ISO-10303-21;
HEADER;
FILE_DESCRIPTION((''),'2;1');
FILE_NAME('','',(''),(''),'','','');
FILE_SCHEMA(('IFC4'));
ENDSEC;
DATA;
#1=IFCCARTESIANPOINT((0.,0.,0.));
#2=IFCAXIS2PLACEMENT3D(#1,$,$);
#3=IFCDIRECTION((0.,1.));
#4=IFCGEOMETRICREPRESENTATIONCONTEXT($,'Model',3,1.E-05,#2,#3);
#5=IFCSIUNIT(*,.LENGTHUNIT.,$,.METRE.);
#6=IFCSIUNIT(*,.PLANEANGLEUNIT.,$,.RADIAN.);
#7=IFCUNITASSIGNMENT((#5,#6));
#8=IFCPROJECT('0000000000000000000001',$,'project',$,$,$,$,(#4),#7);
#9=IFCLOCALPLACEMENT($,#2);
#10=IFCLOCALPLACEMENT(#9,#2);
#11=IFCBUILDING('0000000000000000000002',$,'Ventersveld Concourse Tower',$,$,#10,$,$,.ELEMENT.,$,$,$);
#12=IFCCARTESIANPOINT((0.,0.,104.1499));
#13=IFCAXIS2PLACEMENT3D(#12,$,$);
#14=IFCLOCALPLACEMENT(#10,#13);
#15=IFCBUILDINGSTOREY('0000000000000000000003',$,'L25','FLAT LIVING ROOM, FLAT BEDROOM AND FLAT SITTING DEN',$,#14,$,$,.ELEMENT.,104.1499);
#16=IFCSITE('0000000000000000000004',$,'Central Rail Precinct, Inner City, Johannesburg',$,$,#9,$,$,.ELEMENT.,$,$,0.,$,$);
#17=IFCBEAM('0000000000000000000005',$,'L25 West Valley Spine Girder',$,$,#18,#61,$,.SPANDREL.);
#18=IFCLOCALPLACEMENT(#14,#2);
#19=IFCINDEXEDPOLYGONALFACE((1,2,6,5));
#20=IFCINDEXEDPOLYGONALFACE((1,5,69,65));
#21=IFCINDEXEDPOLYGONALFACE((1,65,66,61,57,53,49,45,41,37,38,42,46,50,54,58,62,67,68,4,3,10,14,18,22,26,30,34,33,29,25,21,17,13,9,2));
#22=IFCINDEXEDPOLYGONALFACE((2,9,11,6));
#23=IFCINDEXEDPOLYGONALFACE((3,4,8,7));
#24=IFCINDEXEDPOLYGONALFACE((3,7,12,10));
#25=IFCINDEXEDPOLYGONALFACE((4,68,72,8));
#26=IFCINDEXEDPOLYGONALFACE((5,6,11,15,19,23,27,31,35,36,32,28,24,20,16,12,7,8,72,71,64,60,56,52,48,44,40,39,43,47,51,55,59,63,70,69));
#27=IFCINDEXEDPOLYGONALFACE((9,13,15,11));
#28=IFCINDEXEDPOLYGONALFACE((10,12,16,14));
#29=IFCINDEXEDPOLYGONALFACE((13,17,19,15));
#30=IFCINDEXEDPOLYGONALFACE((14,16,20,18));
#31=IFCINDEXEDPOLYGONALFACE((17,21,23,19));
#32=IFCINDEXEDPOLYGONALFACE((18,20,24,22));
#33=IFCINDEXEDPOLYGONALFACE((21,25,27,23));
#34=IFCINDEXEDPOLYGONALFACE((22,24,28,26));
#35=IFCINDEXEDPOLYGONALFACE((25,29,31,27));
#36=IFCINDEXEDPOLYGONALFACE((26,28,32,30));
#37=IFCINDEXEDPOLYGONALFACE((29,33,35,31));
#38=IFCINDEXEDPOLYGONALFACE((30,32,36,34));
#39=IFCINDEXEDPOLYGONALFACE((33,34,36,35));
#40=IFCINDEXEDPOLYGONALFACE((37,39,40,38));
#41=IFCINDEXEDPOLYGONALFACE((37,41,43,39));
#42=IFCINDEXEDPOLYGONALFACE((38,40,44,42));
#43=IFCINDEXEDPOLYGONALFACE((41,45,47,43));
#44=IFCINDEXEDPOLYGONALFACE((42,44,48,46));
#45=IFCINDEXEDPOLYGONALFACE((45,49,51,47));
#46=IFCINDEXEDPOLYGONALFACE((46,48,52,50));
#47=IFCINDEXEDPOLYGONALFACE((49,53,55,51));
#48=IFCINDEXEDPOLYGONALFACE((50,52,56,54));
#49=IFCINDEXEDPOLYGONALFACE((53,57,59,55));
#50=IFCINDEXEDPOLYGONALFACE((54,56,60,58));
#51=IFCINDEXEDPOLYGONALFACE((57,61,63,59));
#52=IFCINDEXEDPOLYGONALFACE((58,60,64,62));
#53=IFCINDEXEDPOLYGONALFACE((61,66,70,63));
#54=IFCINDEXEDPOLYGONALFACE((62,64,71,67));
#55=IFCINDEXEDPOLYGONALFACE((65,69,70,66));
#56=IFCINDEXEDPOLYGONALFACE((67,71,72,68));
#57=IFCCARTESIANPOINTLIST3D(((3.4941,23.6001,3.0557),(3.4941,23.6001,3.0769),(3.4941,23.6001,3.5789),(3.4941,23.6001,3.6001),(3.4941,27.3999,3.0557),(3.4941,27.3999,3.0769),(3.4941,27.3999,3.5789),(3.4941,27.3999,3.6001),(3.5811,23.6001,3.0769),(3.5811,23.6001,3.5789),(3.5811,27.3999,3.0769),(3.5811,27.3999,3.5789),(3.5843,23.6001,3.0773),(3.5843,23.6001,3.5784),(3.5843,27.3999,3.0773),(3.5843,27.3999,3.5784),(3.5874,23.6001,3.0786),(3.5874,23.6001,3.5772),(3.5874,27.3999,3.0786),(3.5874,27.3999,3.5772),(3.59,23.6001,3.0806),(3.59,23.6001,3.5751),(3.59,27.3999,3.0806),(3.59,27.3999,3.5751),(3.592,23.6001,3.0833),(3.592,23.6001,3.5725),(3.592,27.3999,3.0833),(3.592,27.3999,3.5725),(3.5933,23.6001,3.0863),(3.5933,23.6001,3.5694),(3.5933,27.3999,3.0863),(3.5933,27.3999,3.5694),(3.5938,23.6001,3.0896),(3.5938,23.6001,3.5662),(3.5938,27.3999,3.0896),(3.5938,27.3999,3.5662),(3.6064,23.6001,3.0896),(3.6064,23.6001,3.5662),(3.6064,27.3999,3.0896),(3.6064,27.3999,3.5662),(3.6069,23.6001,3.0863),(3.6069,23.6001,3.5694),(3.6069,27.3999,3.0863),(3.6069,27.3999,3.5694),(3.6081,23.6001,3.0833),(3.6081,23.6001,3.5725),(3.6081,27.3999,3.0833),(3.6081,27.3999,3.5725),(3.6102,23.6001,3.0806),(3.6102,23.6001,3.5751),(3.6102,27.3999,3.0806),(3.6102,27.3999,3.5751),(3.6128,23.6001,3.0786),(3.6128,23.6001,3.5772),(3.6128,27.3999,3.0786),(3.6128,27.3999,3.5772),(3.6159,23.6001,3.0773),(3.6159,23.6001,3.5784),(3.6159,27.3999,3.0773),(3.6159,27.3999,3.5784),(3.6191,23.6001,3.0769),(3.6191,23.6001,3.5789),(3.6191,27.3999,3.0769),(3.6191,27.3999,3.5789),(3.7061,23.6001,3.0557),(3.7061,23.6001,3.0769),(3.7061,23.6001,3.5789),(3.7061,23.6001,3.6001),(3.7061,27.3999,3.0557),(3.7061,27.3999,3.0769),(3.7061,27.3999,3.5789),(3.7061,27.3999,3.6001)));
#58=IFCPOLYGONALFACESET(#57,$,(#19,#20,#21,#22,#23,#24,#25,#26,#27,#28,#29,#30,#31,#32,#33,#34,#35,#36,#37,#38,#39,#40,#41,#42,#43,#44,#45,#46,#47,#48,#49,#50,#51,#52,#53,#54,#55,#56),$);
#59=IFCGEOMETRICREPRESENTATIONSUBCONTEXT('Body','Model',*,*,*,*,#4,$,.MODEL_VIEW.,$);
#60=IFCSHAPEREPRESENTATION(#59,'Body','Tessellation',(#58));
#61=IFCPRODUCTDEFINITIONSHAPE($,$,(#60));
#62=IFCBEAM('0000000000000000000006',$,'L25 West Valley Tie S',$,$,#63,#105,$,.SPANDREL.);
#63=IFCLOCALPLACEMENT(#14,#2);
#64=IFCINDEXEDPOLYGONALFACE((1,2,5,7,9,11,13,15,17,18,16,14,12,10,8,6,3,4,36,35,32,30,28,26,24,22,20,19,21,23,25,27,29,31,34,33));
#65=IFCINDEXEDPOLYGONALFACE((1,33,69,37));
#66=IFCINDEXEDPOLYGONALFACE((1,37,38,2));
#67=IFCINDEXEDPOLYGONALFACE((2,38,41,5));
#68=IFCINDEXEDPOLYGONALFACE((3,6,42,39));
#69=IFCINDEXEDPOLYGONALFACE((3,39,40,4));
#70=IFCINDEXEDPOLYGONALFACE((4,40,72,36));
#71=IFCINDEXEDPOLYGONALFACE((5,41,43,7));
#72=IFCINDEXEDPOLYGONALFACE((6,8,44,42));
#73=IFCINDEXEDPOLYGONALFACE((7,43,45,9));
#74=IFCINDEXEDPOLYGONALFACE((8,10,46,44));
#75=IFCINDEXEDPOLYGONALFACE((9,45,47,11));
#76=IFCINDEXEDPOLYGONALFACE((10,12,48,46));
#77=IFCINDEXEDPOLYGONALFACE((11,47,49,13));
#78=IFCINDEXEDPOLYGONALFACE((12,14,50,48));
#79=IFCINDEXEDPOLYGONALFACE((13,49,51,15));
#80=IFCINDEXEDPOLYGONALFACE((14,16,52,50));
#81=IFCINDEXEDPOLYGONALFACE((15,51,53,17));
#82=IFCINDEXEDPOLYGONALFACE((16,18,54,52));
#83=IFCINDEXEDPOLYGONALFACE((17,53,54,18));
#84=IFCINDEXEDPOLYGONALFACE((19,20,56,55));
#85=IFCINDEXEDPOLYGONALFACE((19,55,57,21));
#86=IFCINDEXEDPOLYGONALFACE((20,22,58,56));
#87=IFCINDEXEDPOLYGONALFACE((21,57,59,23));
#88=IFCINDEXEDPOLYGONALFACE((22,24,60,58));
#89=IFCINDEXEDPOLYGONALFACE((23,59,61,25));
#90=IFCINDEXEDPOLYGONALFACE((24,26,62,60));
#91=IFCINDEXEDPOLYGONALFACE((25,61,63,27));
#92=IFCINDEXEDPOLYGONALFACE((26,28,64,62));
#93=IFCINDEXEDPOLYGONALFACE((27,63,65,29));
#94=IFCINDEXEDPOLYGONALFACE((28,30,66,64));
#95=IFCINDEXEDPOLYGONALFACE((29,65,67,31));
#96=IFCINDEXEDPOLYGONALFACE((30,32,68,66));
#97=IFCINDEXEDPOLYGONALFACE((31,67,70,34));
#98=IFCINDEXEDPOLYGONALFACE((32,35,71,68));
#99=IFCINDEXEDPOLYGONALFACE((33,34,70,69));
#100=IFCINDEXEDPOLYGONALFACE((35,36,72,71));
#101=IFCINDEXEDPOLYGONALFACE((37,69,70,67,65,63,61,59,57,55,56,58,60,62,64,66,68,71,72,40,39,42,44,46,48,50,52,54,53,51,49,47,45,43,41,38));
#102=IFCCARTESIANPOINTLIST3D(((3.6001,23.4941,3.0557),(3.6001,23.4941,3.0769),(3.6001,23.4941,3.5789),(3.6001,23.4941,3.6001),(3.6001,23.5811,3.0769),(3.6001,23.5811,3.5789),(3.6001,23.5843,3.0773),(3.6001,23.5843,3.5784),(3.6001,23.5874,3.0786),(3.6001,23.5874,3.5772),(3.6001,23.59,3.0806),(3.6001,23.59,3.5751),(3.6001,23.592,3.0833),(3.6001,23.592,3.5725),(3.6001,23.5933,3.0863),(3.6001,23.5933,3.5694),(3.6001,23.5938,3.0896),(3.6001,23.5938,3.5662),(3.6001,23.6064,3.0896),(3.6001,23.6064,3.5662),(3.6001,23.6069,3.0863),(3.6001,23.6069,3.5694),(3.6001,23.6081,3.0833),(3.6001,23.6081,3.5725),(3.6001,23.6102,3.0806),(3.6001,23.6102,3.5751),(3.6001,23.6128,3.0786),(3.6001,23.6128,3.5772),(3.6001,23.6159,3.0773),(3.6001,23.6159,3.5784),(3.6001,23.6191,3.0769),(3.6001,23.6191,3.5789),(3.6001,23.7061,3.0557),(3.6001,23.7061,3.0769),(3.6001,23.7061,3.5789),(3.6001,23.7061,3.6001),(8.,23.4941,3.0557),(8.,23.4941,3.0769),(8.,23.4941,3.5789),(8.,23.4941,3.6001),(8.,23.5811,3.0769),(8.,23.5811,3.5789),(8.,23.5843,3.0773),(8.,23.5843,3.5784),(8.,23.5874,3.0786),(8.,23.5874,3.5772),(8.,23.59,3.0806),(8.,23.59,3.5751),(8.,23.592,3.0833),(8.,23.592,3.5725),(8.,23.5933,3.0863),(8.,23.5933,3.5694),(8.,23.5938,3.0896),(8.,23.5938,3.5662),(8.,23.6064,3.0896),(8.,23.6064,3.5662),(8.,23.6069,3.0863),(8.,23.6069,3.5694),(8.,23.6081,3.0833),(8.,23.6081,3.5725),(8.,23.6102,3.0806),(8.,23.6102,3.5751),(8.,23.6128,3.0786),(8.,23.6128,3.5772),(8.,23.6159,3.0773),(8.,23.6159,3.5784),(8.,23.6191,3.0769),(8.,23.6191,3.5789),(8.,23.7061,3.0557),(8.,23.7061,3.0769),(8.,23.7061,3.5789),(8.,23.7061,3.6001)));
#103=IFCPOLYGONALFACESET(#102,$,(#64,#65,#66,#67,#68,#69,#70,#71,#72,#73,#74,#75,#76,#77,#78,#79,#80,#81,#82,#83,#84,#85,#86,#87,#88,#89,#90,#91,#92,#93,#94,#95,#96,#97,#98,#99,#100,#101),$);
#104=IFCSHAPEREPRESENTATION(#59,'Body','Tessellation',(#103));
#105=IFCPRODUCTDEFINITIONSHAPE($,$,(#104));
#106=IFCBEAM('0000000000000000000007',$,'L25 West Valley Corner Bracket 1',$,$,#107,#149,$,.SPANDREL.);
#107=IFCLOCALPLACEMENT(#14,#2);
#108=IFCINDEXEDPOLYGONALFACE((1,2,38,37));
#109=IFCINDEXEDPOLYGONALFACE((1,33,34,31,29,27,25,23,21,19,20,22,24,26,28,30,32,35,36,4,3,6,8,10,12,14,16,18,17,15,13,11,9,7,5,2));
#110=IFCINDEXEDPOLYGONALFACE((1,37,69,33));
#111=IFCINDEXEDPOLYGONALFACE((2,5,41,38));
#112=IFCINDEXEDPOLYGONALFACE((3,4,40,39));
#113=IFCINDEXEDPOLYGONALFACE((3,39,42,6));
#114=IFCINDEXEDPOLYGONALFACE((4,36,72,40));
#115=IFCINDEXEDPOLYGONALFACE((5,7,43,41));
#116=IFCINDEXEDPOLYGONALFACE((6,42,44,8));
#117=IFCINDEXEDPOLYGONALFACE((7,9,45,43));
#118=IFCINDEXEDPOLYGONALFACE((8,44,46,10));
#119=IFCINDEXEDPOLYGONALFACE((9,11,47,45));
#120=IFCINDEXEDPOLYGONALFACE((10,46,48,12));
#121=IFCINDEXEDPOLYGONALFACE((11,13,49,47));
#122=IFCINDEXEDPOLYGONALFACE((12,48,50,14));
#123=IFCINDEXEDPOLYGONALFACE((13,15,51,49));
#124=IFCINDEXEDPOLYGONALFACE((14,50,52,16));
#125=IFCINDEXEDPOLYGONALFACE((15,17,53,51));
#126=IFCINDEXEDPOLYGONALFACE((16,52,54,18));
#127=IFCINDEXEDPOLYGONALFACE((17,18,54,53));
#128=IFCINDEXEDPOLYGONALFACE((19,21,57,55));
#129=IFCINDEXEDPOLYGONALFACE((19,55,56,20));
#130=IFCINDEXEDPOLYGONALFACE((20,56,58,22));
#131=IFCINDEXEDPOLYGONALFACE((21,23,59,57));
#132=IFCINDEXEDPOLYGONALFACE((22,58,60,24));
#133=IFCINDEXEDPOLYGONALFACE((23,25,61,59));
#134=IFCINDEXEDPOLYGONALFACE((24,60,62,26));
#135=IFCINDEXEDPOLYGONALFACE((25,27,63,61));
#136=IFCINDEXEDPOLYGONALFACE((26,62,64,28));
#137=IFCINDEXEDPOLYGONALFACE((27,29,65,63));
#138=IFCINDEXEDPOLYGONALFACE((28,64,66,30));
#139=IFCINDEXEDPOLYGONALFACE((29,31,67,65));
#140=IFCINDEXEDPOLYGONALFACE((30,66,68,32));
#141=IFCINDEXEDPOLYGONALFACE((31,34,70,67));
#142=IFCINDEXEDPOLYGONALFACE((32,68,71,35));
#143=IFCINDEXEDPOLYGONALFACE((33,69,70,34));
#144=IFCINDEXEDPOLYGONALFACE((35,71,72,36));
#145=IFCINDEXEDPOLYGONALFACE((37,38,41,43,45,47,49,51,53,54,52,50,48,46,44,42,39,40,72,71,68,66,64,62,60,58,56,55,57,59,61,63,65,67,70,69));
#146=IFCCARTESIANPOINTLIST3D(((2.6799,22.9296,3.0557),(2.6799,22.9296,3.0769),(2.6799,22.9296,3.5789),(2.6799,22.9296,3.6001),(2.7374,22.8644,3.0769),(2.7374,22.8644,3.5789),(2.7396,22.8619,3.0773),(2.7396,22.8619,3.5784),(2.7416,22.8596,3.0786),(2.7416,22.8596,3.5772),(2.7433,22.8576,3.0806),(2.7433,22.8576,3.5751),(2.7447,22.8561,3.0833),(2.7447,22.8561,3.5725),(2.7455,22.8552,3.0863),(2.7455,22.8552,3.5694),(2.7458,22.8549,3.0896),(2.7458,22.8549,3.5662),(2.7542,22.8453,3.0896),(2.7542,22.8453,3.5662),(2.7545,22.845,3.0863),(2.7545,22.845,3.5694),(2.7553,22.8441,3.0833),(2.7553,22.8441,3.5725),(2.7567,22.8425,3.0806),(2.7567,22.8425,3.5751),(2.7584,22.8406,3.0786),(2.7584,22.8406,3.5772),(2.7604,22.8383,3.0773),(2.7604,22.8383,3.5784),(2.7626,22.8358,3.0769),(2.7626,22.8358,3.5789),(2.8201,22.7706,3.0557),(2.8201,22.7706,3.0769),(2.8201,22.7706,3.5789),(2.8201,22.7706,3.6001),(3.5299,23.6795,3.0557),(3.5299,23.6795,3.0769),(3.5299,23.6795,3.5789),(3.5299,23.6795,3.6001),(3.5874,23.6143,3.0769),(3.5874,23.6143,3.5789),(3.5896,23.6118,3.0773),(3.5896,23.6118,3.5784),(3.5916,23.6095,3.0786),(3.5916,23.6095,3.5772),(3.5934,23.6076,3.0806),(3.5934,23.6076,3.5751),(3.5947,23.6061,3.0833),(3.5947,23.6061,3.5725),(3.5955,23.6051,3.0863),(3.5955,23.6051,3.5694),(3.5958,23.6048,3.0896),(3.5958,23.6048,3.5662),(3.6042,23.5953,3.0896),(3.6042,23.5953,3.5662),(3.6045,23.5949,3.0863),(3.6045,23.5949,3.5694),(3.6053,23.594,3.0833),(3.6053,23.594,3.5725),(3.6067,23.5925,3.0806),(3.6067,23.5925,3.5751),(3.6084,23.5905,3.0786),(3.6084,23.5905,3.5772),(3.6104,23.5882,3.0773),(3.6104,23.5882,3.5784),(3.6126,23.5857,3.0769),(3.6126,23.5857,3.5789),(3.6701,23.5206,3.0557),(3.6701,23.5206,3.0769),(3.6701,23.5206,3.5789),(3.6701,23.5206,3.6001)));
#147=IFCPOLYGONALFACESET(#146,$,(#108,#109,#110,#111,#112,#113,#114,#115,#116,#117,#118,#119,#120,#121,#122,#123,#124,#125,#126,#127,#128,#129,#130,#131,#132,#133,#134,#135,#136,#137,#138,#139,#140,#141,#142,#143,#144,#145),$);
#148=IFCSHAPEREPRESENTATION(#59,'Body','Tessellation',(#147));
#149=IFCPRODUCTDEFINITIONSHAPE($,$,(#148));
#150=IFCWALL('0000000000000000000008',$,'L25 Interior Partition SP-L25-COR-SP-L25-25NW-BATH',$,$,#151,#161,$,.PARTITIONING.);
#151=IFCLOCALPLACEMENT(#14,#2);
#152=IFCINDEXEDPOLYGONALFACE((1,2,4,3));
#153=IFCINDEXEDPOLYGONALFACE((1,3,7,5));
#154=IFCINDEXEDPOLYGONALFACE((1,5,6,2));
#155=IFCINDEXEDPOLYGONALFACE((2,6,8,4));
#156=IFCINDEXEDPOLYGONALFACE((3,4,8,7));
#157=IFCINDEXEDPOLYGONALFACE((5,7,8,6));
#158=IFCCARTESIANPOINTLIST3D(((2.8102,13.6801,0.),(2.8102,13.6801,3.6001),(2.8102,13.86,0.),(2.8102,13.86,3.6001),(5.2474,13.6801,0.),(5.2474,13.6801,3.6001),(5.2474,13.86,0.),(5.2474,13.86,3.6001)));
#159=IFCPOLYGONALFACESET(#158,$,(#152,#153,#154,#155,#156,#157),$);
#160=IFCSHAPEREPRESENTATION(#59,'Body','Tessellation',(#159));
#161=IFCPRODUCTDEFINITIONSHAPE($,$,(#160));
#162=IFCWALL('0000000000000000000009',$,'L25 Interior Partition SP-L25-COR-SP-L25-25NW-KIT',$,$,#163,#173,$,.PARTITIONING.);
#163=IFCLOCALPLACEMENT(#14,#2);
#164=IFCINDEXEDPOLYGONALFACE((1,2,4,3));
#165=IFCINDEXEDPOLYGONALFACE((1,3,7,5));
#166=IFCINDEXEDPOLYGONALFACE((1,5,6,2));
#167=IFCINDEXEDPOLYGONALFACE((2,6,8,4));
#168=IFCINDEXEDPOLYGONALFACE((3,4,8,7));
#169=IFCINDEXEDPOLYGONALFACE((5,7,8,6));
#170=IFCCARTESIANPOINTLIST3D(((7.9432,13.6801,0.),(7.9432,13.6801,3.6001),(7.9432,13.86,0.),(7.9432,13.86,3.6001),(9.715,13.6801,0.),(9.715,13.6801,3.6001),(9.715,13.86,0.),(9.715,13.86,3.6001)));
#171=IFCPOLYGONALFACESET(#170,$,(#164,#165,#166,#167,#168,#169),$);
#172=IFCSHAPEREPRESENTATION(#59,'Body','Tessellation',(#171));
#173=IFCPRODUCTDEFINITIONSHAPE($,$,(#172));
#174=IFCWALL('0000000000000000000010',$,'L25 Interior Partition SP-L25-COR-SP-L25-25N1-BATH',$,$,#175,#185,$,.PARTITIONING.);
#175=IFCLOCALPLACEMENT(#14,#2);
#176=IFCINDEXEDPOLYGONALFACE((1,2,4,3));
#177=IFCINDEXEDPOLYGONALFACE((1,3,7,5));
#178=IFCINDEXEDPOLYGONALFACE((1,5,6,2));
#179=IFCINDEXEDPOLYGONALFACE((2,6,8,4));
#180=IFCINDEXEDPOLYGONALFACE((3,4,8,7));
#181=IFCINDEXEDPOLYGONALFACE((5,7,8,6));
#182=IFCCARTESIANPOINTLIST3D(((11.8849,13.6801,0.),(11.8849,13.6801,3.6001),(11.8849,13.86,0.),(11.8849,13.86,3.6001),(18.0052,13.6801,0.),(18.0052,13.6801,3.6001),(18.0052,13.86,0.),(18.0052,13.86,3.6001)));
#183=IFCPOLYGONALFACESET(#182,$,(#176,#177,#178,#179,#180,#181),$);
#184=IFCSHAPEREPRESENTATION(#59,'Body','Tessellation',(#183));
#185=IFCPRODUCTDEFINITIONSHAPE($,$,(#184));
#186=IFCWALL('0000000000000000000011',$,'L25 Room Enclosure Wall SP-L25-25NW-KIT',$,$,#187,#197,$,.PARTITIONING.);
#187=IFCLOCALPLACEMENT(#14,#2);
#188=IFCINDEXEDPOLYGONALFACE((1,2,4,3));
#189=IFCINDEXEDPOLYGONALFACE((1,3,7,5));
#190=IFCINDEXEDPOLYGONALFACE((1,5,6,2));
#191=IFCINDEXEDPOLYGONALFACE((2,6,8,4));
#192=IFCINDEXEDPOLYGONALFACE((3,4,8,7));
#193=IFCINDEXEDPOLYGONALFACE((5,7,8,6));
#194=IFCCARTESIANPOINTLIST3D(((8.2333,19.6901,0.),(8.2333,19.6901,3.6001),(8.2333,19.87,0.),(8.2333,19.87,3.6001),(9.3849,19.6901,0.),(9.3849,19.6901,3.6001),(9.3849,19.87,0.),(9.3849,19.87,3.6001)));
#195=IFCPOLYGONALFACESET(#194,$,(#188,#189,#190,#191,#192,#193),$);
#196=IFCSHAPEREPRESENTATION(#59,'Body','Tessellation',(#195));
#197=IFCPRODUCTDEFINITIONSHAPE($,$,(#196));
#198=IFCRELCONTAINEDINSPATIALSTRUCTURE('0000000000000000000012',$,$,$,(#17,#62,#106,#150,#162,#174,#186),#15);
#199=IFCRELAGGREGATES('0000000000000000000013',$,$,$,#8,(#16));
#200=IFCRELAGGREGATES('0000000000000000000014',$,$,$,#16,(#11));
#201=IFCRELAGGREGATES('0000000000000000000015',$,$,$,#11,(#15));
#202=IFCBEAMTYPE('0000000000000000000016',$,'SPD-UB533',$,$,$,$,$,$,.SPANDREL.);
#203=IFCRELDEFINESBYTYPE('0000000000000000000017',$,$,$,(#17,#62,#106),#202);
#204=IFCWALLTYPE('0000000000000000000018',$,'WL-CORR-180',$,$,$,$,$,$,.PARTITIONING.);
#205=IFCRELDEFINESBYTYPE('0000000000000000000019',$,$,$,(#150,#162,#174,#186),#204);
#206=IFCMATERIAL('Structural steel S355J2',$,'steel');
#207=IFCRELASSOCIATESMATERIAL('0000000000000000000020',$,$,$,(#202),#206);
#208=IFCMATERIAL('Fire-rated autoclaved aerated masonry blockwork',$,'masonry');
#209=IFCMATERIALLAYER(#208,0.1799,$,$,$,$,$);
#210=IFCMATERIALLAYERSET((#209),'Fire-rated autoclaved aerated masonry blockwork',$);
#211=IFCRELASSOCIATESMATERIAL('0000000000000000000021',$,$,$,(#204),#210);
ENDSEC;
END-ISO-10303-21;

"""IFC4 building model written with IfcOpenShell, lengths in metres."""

from ifc_helpers import new_model, si_unit, direction, frame, frame_2d, origin, origin_2d, place, context, subcontext, project, spatial, rectangle, i_section, extrude, material, layer, layer_set, material_profile, profile_set, type_object, element, save


model = new_model("IFC4")

# Units and contexts
model_context = context("Model", 3, precision=1e-05, world=origin(), true_north=direction((0.0, 1.0)))
body_context = subcontext(model_context, "Body", "Model", "MODEL_VIEW")
ifc_project = project(units=[si_unit("LENGTHUNIT", "METRE"), si_unit("PLANEANGLEUNIT", "RADIAN")], contexts=[model_context])

# Site, building, storey
site_placement = place(None, origin())
site = spatial("IfcSite", under=ifc_project, at=site_placement, Name="Central Rail Precinct, Inner City, Johannesburg", CompositionType="ELEMENT", RefElevation=0.0)
building_placement = place(site_placement, origin())
building = spatial("IfcBuilding", under=site, at=building_placement, Name="Ventersveld Concourse Tower", CompositionType="ELEMENT")
storey_placement = place(building_placement, frame((0.0, 0.0, 104.1499)))
storey = spatial("IfcBuildingStorey", under=building, at=storey_placement, Name="L25", Description="FLAT LIVING ROOM, FLAT BEDROOM AND FLAT SITTING DEN", CompositionType="ELEMENT", Elevation=104.1499)

# Beams
ifc_material_1 = material(Name="Structural steel S355J2", Category="steel")
ifc_material_profile_1 = material_profile(ifc_material_1, i_section(OverallWidth=0.2119, OverallDepth=0.5444, WebThickness=0.0127, FlangeThickness=0.0212, FilletRadius=0.0127, at=origin_2d()), Name="UB 533x210x122")
ifc_profile_set_1 = profile_set([ifc_material_profile_1], Name="Structural steel S355J2")
beam_type_1 = type_object("IfcBeamType", Name="SPD-UB533", PredefinedType="SPANDREL", material=ifc_profile_set_1)
beam_1_placement = place(storey_placement, frame((3.6001, 23.6001, 3.3279), z_axis=(0.0, 1.0, 0.0), x_axis=(-1.0, 0.0, 0.0)))
element("IfcBeam", 1, at=beam_1_placement, inside=storey, type_object=beam_type_1, Name="L25 West Valley Spine Girder", PredefinedType="SPANDREL", context=body_context, shape_type="SweptSolid", body=[
    extrude(i_section(OverallWidth=0.2119, OverallDepth=0.5444, WebThickness=0.0127, FlangeThickness=0.0212, FilletRadius=0.0127, at=origin_2d()), origin(), (0.0, 0.0, 1.0), 3.7998),
])
beam_2_placement = place(storey_placement, frame((3.6001, 23.6001, 3.3279), z_axis=(1.0, 0.0, 0.0), x_axis=(0.0, 1.0, 0.0)))
element("IfcBeam", 2, at=beam_2_placement, inside=storey, type_object=beam_type_1, Name="L25 West Valley Tie S", PredefinedType="SPANDREL", context=body_context, shape_type="SweptSolid", body=[
    extrude(i_section(OverallWidth=0.2119, OverallDepth=0.5444, WebThickness=0.0127, FlangeThickness=0.0212, FilletRadius=0.0127, at=origin_2d()), origin(), (0.0, 0.0, 1.0), 4.3999),
])
beam_3_placement = place(storey_placement, frame((2.75, 22.8501, 3.3279), z_axis=(0.749876, 0.661579, 0.0), x_axis=(-0.661579, 0.749876, 0.0)))
element("IfcBeam", 3, at=beam_3_placement, inside=storey, type_object=beam_type_1, Name="L25 West Valley Corner Bracket 1", PredefinedType="SPANDREL", context=body_context, shape_type="SweptSolid", body=[
    extrude(i_section(OverallWidth=0.2119, OverallDepth=0.5444, WebThickness=0.0127, FlangeThickness=0.0212, FilletRadius=0.0127, at=origin_2d()), origin(), (0.0, 0.0, 1.0), 1.1335),
])

# Shared definitions
ifc_material_2 = material(Name="Fire-rated autoclaved aerated masonry blockwork", Category="masonry")
ifc_layer_1 = layer(ifc_material_2, 0.1799)
ifc_layer_set_1 = layer_set([ifc_layer_1], Name="Fire-rated autoclaved aerated masonry blockwork")
wall_type_1 = type_object("IfcWallType", Name="WL-CORR-180", PredefinedType="PARTITIONING", material=ifc_layer_set_1)

# Walls
wall_1_placement = place(storey_placement, frame((2.8101, 13.77, 0.0), z_axis=(0.0, 0.0, 1.0), x_axis=(1.0, 0.0, 0.0)))
element("IfcWall", 4, at=wall_1_placement, inside=storey, type_object=wall_type_1, Name="L25 Interior Partition SP-L25-COR-SP-L25-25NW-BATH", PredefinedType="PARTITIONING", context=body_context, shape_type="SweptSolid", body=[
    extrude(rectangle(XDim=2.4373, YDim=0.1799, at=frame_2d((1.2188, 0.0))), origin(), (0.0, 0.0, 1.0), 3.6001),
])
wall_2_placement = place(storey_placement, frame((7.9434, 13.77, 0.0), z_axis=(0.0, 0.0, 1.0), x_axis=(1.0, 0.0, 0.0)))
element("IfcWall", 5, at=wall_2_placement, inside=storey, type_object=wall_type_1, Name="L25 Interior Partition SP-L25-COR-SP-L25-25NW-KIT", PredefinedType="PARTITIONING", context=body_context, shape_type="SweptSolid", body=[
    extrude(rectangle(XDim=1.7717, YDim=0.1799, at=frame_2d((0.8857, 0.0))), origin(), (0.0, 0.0, 1.0), 3.6001),
])
wall_3_placement = place(storey_placement, frame((11.885, 13.77, 0.0), z_axis=(0.0, 0.0, 1.0), x_axis=(1.0, 0.0, 0.0)))
element("IfcWall", 6, at=wall_3_placement, inside=storey, type_object=wall_type_1, Name="L25 Interior Partition SP-L25-COR-SP-L25-25N1-BATH", PredefinedType="PARTITIONING", context=body_context, shape_type="SweptSolid", body=[
    extrude(rectangle(XDim=6.1204, YDim=0.1799, at=frame_2d((3.0601, 0.0))), origin(), (0.0, 0.0, 1.0), 3.6001),
])
wall_4_placement = place(storey_placement, frame((8.2334, 19.78, 0.0), z_axis=(0.0, 0.0, 1.0), x_axis=(1.0, 0.0, 0.0)))
element("IfcWall", 7, at=wall_4_placement, inside=storey, type_object=wall_type_1, Name="L25 Room Enclosure Wall SP-L25-25NW-KIT", PredefinedType="PARTITIONING", context=body_context, shape_type="SweptSolid", body=[
    extrude(rectangle(XDim=1.1516, YDim=0.1799, at=frame_2d((0.5757, 0.0))), origin(), (0.0, 0.0, 1.0), 3.6001),
])

save(model, "model.ifc")
